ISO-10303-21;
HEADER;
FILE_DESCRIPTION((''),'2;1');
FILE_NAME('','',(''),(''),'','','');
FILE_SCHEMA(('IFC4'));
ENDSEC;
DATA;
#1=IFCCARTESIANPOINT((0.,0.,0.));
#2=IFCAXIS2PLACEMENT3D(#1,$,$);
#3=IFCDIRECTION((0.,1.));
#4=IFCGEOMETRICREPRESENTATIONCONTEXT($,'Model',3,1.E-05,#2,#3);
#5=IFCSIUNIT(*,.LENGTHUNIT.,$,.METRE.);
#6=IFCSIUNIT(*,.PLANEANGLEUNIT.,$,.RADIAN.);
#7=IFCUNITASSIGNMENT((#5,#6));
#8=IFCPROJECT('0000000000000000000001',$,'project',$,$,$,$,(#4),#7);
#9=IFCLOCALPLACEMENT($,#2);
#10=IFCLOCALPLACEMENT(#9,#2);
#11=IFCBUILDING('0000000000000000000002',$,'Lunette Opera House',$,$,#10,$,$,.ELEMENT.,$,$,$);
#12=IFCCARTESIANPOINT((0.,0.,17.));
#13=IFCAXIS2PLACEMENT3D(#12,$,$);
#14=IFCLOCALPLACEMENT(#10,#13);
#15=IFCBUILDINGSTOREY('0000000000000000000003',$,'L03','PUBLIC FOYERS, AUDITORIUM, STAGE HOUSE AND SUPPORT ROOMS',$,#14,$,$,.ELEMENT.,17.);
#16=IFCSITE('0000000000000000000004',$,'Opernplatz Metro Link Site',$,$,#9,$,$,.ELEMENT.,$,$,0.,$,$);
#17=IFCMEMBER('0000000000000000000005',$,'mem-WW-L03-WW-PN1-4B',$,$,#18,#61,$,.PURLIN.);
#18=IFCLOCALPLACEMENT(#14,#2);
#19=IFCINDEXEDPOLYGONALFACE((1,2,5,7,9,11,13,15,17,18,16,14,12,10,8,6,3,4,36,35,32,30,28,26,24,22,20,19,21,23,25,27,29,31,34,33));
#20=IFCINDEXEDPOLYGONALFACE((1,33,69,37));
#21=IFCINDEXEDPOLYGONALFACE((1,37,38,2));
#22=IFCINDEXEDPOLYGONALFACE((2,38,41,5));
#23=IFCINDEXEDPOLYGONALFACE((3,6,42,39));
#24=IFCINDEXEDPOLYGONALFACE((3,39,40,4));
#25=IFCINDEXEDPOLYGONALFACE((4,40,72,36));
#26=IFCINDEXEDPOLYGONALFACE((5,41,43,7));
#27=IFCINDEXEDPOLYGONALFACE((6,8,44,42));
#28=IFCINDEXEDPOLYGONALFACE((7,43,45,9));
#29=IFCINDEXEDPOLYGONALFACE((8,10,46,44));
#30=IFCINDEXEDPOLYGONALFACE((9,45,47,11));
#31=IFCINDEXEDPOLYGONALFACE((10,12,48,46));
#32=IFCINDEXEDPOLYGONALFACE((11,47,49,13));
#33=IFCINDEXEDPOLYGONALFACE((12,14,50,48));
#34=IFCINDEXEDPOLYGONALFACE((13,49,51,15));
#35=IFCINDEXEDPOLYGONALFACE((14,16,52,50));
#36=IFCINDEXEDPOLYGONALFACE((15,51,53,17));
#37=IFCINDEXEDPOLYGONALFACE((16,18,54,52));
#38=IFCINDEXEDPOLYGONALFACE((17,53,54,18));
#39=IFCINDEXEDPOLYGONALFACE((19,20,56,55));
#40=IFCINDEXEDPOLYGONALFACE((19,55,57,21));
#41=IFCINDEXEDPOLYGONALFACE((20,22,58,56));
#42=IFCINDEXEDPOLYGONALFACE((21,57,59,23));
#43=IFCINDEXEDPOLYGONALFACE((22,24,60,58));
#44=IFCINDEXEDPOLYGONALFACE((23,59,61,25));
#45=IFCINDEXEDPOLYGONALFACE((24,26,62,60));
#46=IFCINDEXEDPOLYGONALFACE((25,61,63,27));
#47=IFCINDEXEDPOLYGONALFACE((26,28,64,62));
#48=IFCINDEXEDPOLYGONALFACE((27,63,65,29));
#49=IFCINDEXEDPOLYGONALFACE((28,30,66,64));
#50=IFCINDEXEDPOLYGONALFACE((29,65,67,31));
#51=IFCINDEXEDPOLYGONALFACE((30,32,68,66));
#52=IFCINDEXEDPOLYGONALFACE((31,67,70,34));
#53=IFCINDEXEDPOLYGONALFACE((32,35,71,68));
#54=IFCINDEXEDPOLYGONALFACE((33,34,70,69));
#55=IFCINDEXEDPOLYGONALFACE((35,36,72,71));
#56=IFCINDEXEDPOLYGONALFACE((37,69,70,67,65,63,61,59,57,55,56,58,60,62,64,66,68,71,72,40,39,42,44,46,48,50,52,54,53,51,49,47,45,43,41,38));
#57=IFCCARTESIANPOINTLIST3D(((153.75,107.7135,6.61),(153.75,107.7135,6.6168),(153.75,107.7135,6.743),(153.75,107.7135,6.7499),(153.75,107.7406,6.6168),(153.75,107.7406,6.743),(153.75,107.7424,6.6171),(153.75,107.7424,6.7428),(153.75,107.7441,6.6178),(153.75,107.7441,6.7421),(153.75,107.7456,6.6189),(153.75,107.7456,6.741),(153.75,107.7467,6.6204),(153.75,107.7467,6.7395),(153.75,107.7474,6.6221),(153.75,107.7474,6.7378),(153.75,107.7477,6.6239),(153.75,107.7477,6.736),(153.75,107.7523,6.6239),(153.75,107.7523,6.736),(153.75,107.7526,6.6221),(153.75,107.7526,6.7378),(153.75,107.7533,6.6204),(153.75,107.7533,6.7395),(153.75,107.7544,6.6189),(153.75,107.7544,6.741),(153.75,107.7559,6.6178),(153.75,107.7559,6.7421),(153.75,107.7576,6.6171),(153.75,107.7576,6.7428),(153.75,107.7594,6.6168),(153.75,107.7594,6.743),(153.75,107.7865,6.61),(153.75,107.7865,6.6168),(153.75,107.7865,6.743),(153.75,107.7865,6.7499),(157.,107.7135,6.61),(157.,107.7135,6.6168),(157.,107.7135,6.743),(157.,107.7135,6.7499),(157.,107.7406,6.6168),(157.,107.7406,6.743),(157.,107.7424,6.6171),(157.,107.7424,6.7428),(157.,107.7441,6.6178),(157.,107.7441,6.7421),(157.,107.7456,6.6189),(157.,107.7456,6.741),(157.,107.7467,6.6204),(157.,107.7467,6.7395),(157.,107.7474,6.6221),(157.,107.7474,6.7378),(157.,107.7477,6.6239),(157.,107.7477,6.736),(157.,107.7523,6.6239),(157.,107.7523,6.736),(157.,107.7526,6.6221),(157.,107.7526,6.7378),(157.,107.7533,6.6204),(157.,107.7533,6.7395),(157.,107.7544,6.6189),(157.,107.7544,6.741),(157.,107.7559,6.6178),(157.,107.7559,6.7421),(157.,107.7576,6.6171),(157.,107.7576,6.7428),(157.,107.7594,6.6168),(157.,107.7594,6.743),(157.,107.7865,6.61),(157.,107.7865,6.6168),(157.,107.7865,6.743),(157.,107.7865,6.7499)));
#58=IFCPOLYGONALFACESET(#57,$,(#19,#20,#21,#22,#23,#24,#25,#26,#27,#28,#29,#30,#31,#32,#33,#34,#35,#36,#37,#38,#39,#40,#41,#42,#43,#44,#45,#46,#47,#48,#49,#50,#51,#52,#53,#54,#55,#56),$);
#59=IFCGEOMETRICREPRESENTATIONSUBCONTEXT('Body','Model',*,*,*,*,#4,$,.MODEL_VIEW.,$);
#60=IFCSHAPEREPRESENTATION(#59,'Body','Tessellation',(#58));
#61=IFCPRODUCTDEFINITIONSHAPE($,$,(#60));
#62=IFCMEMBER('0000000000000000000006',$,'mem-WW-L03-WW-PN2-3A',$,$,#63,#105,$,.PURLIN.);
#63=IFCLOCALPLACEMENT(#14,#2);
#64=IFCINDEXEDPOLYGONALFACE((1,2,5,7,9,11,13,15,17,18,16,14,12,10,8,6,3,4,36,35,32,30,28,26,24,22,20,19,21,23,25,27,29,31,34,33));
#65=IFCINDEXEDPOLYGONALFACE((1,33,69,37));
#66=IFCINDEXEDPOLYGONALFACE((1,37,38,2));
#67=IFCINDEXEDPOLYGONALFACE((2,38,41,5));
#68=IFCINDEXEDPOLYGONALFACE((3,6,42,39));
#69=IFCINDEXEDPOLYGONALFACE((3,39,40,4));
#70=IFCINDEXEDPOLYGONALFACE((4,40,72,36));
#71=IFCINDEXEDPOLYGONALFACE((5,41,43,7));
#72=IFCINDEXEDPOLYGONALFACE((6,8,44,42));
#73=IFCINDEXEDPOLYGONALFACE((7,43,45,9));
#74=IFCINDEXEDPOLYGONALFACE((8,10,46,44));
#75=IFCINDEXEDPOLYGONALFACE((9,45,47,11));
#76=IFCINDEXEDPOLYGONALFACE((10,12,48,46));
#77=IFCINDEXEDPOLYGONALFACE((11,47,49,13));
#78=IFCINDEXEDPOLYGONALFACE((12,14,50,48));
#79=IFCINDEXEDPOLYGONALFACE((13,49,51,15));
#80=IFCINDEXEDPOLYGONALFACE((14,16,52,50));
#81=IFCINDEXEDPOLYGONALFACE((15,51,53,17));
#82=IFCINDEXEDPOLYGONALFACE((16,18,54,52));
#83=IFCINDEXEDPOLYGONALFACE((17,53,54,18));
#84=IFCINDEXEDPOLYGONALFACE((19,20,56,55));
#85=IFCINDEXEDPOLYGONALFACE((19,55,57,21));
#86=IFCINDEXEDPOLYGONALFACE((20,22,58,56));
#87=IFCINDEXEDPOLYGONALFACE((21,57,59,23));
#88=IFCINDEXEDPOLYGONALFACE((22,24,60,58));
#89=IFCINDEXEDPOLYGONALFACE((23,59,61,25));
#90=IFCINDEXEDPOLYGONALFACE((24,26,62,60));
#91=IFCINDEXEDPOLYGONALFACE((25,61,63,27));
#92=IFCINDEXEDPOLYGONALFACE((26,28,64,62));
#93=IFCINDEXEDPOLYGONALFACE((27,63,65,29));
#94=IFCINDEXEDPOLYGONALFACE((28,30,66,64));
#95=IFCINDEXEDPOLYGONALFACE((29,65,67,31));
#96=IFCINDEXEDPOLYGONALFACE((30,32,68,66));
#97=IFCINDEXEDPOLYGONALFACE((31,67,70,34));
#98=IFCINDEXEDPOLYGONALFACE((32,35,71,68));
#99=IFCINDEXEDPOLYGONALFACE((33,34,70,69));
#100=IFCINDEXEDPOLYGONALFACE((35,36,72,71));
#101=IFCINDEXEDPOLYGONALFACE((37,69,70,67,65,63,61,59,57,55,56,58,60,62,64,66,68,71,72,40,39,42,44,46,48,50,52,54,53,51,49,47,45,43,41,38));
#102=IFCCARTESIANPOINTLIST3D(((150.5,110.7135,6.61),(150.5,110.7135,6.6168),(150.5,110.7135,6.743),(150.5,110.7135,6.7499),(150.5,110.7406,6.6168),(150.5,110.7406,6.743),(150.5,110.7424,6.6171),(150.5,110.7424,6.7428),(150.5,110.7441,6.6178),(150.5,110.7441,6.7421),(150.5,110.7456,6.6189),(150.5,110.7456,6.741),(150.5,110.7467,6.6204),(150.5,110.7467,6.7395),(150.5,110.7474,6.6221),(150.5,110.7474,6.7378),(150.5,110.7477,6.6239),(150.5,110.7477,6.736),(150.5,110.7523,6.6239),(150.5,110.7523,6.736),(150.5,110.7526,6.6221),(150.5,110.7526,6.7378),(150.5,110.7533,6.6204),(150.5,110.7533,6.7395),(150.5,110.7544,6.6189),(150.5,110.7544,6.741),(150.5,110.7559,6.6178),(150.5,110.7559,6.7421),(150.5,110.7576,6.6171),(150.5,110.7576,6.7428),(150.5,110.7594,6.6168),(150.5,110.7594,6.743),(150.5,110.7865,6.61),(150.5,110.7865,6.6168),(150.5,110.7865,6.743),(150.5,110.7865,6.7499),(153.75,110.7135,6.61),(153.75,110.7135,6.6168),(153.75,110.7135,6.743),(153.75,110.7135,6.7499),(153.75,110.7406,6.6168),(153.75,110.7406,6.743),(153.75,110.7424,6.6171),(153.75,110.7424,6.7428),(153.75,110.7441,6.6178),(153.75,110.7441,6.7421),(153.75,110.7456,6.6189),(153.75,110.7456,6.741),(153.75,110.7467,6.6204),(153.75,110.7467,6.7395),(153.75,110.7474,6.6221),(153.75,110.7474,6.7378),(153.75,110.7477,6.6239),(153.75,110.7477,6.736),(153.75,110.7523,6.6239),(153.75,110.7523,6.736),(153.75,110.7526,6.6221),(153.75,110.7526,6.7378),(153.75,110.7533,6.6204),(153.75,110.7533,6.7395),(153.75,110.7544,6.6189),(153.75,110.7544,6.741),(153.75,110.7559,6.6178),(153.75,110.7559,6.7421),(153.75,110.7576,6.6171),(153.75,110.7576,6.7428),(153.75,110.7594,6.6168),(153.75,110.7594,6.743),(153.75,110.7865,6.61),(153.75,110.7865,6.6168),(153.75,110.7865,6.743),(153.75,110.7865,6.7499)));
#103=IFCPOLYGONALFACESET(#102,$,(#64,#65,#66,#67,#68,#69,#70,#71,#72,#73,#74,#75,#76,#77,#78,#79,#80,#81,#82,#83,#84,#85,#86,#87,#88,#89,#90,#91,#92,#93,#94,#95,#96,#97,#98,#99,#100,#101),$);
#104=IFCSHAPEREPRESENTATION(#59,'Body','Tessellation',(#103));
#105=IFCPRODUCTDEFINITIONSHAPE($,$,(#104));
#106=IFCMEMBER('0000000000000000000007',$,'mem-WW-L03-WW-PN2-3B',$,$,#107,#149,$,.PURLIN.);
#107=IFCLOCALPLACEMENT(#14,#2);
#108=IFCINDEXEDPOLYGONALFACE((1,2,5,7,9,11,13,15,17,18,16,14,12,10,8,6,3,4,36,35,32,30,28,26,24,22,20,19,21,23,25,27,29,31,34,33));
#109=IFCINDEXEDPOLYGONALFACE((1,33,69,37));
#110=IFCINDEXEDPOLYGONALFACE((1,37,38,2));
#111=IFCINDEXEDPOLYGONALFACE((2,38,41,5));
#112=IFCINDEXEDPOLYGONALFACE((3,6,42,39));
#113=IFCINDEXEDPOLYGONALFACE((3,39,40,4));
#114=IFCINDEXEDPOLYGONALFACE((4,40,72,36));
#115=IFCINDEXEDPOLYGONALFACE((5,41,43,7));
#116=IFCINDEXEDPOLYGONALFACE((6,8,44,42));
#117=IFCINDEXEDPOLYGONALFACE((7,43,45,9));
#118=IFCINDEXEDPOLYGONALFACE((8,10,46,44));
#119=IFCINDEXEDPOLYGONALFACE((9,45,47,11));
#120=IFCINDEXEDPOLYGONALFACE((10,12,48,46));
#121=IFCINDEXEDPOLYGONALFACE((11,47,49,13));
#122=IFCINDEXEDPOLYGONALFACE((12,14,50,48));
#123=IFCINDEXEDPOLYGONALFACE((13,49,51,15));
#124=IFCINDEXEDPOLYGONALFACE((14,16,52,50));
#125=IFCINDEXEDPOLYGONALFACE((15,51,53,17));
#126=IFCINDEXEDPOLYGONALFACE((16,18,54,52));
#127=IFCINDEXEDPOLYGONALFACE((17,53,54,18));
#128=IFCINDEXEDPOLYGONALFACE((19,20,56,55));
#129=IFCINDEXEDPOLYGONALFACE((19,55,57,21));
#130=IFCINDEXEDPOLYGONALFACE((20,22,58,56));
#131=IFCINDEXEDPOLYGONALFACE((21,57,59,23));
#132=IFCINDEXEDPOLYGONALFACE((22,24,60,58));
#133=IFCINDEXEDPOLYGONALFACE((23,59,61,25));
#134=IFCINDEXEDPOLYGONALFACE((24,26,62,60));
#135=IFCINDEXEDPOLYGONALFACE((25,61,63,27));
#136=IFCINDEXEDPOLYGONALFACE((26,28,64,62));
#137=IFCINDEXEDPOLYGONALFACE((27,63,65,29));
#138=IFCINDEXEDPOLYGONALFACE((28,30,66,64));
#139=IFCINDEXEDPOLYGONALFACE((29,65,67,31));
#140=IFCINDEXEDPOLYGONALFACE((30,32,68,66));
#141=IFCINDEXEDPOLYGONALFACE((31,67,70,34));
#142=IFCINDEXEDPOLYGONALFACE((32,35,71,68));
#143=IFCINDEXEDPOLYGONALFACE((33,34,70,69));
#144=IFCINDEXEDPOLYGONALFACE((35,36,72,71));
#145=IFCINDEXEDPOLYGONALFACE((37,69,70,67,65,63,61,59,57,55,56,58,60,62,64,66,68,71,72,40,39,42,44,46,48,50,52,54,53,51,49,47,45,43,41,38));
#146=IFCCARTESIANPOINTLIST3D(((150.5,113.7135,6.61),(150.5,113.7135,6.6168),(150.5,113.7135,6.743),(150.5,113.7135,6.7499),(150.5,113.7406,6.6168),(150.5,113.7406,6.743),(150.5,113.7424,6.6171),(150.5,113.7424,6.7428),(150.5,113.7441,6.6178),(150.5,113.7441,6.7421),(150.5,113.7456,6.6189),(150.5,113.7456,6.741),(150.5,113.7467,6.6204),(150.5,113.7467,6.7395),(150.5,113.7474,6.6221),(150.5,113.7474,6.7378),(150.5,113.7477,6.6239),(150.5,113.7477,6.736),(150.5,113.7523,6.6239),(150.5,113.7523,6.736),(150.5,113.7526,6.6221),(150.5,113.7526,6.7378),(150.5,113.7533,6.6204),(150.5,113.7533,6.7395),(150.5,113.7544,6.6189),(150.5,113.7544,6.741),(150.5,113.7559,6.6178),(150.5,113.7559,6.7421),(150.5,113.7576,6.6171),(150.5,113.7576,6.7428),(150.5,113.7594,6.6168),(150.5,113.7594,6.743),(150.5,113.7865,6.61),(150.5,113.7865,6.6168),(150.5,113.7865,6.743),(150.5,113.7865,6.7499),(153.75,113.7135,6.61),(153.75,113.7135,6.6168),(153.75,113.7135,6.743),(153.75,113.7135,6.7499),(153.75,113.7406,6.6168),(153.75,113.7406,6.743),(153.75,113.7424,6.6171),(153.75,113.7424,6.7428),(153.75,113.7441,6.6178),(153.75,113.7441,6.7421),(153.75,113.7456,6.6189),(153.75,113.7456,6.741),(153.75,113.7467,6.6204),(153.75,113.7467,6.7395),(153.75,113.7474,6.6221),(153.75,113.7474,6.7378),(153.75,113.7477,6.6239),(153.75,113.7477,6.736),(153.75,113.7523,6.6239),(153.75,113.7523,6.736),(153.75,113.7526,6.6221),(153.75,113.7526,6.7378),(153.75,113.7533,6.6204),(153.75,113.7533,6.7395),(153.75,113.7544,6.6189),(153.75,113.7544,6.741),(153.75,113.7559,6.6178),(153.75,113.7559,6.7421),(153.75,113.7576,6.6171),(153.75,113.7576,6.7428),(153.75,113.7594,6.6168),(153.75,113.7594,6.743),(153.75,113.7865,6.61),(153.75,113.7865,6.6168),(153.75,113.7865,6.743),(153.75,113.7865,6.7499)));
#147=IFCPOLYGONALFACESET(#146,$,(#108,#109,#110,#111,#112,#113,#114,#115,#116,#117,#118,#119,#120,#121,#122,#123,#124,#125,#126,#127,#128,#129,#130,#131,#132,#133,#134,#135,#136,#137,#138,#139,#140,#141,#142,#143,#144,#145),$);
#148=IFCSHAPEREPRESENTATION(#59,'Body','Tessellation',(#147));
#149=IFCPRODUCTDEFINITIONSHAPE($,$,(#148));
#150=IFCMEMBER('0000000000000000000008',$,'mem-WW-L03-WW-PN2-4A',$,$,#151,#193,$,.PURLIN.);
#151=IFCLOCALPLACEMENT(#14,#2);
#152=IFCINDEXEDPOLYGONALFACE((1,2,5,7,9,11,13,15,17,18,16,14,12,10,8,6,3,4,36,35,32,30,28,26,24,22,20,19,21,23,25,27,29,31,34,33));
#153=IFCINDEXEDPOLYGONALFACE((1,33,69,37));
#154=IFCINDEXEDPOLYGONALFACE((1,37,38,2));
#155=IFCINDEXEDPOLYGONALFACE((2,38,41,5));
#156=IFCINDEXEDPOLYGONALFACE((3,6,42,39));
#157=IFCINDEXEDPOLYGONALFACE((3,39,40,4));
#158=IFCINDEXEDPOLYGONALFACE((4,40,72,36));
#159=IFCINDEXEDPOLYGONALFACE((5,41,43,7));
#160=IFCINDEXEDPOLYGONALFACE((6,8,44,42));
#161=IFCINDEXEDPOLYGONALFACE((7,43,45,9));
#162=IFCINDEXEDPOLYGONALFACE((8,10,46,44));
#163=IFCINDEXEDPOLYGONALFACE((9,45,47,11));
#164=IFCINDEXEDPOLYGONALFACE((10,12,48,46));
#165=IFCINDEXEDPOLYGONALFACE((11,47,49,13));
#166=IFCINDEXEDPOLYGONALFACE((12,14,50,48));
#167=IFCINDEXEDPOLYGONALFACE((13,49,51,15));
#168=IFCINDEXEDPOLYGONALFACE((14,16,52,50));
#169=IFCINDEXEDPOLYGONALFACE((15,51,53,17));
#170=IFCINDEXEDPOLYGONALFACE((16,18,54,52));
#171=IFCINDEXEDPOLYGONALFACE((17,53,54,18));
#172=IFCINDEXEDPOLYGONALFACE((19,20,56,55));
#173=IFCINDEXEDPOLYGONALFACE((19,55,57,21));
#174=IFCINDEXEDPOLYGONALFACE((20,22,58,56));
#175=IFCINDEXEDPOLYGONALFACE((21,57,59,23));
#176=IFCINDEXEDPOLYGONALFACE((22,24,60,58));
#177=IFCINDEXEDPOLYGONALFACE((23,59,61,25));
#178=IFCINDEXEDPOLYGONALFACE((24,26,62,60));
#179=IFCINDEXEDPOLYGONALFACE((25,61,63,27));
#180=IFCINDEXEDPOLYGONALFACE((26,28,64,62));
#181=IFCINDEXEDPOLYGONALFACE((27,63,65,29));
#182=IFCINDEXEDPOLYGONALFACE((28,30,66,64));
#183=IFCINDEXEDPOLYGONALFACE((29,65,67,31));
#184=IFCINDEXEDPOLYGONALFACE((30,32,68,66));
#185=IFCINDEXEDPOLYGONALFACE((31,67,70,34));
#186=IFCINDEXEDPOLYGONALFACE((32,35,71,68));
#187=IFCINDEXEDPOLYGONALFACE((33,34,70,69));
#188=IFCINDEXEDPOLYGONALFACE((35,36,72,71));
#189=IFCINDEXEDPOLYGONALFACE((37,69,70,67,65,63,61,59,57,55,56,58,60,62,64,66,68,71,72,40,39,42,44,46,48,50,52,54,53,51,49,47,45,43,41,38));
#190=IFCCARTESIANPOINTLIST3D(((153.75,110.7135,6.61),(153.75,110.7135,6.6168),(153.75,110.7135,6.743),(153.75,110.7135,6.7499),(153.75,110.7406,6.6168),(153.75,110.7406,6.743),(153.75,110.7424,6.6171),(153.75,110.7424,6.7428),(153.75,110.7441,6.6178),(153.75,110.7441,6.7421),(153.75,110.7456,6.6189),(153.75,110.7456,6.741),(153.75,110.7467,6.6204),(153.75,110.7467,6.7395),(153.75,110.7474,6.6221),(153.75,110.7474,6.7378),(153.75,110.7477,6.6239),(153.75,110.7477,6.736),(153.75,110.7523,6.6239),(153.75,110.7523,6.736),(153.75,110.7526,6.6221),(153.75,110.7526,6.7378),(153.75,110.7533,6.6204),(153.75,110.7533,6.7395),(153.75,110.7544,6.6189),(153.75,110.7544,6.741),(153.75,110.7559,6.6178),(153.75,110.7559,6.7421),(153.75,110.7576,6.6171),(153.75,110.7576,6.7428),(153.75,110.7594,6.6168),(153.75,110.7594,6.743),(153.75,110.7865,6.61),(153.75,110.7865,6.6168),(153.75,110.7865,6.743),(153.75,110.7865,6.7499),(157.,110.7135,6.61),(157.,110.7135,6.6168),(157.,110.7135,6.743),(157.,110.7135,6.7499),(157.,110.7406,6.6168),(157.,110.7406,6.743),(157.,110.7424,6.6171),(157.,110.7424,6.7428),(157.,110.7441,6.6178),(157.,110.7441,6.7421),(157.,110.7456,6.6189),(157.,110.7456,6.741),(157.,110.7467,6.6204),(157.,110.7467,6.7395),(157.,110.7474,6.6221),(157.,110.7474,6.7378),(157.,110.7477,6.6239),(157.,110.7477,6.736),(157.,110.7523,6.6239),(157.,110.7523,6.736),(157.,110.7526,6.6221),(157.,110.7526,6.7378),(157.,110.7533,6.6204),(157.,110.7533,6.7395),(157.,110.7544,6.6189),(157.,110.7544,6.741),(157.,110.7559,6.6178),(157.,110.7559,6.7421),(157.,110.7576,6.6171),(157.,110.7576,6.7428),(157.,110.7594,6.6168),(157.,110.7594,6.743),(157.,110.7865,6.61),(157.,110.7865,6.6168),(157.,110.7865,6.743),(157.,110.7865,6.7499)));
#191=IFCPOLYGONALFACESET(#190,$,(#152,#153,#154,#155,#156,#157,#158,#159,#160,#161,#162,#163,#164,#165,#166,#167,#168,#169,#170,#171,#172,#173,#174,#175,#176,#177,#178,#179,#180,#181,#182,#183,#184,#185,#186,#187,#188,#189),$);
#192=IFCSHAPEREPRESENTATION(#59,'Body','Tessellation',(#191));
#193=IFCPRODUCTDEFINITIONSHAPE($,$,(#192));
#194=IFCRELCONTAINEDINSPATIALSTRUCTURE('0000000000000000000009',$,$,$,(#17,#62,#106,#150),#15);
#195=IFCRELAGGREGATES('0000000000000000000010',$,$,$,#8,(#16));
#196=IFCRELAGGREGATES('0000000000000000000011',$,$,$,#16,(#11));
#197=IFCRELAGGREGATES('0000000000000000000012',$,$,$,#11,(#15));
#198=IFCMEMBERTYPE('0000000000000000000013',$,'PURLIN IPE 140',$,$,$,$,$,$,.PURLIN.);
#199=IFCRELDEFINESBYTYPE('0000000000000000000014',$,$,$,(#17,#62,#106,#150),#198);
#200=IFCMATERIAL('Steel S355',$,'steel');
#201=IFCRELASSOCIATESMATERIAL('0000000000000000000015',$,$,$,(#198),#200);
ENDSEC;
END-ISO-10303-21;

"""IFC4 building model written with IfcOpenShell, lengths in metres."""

from ifc_helpers import new_model, si_unit, direction, frame, origin, origin_2d, place, context, subcontext, project, spatial, i_section, extrude, material, material_profile, profile_set, type_object, element, save


model = new_model("IFC4")

# Units and contexts
model_context = context("Model", 3, precision=1e-05, world=origin(), true_north=direction((0.0, 1.0)))
body_context = subcontext(model_context, "Body", "Model", "MODEL_VIEW")
ifc_project = project(units=[si_unit("LENGTHUNIT", "METRE"), si_unit("PLANEANGLEUNIT", "RADIAN")], contexts=[model_context])

# Site, building, storey
site_placement = place(None, origin())
site = spatial("IfcSite", under=ifc_project, at=site_placement, Name="Opernplatz Metro Link Site", CompositionType="ELEMENT", RefElevation=0.0)
building_placement = place(site_placement, origin())
building = spatial("IfcBuilding", under=site, at=building_placement, Name="Lunette Opera House", CompositionType="ELEMENT")
storey_placement = place(building_placement, frame((0.0, 0.0, 17.0)))
storey = spatial("IfcBuildingStorey", under=building, at=storey_placement, Name="L03", Description="PUBLIC FOYERS, AUDITORIUM, STAGE HOUSE AND SUPPORT ROOMS", CompositionType="ELEMENT", Elevation=17.0)

# Members
ifc_material_1 = material(Name="Steel S355", Category="steel")
ifc_material_profile_1 = material_profile(ifc_material_1, i_section(OverallWidth=0.073, OverallDepth=0.1399, WebThickness=0.0046, FlangeThickness=0.0068, FilletRadius=0.0071, at=origin_2d()), Name="IPE 140")
ifc_profile_set_1 = profile_set([ifc_material_profile_1], Name="Steel S355")
member_type_1 = type_object("IfcMemberType", Name="PURLIN IPE 140", PredefinedType="PURLIN", material=ifc_profile_set_1)
for number, where, z_axis, x_axis, name in (
    (1, (153.75, 107.75, 6.6799), (1.0, 0.0, 0.0), (0.0, 1.0, 0.0), "mem-WW-L03-WW-PN1-4B"),
    (2, (150.5, 110.75, 6.6799), (1.0, 0.0, 0.0), (0.0, 1.0, 0.0), "mem-WW-L03-WW-PN2-3A"),
    (3, (150.5, 113.75, 6.6799), (1.0, 0.0, 0.0), (0.0, 1.0, 0.0), "mem-WW-L03-WW-PN2-3B"),
    (4, (153.75, 110.75, 6.6799), (1.0, 0.0, 0.0), (0.0, 1.0, 0.0), "mem-WW-L03-WW-PN2-4A"),
):
    element("IfcMember", number, at=place(storey_placement, frame(where, z_axis=z_axis, x_axis=x_axis)), inside=storey, type_object=member_type_1, Name=name, PredefinedType="PURLIN", context=body_context, shape_type="SweptSolid", body=[
        extrude(i_section(OverallWidth=0.073, OverallDepth=0.1399, WebThickness=0.0046, FlangeThickness=0.0068, FilletRadius=0.0071, at=origin_2d()), origin(), (0.0, 0.0, 1.0), 3.25),
    ])

save(model, "model.ifc")
